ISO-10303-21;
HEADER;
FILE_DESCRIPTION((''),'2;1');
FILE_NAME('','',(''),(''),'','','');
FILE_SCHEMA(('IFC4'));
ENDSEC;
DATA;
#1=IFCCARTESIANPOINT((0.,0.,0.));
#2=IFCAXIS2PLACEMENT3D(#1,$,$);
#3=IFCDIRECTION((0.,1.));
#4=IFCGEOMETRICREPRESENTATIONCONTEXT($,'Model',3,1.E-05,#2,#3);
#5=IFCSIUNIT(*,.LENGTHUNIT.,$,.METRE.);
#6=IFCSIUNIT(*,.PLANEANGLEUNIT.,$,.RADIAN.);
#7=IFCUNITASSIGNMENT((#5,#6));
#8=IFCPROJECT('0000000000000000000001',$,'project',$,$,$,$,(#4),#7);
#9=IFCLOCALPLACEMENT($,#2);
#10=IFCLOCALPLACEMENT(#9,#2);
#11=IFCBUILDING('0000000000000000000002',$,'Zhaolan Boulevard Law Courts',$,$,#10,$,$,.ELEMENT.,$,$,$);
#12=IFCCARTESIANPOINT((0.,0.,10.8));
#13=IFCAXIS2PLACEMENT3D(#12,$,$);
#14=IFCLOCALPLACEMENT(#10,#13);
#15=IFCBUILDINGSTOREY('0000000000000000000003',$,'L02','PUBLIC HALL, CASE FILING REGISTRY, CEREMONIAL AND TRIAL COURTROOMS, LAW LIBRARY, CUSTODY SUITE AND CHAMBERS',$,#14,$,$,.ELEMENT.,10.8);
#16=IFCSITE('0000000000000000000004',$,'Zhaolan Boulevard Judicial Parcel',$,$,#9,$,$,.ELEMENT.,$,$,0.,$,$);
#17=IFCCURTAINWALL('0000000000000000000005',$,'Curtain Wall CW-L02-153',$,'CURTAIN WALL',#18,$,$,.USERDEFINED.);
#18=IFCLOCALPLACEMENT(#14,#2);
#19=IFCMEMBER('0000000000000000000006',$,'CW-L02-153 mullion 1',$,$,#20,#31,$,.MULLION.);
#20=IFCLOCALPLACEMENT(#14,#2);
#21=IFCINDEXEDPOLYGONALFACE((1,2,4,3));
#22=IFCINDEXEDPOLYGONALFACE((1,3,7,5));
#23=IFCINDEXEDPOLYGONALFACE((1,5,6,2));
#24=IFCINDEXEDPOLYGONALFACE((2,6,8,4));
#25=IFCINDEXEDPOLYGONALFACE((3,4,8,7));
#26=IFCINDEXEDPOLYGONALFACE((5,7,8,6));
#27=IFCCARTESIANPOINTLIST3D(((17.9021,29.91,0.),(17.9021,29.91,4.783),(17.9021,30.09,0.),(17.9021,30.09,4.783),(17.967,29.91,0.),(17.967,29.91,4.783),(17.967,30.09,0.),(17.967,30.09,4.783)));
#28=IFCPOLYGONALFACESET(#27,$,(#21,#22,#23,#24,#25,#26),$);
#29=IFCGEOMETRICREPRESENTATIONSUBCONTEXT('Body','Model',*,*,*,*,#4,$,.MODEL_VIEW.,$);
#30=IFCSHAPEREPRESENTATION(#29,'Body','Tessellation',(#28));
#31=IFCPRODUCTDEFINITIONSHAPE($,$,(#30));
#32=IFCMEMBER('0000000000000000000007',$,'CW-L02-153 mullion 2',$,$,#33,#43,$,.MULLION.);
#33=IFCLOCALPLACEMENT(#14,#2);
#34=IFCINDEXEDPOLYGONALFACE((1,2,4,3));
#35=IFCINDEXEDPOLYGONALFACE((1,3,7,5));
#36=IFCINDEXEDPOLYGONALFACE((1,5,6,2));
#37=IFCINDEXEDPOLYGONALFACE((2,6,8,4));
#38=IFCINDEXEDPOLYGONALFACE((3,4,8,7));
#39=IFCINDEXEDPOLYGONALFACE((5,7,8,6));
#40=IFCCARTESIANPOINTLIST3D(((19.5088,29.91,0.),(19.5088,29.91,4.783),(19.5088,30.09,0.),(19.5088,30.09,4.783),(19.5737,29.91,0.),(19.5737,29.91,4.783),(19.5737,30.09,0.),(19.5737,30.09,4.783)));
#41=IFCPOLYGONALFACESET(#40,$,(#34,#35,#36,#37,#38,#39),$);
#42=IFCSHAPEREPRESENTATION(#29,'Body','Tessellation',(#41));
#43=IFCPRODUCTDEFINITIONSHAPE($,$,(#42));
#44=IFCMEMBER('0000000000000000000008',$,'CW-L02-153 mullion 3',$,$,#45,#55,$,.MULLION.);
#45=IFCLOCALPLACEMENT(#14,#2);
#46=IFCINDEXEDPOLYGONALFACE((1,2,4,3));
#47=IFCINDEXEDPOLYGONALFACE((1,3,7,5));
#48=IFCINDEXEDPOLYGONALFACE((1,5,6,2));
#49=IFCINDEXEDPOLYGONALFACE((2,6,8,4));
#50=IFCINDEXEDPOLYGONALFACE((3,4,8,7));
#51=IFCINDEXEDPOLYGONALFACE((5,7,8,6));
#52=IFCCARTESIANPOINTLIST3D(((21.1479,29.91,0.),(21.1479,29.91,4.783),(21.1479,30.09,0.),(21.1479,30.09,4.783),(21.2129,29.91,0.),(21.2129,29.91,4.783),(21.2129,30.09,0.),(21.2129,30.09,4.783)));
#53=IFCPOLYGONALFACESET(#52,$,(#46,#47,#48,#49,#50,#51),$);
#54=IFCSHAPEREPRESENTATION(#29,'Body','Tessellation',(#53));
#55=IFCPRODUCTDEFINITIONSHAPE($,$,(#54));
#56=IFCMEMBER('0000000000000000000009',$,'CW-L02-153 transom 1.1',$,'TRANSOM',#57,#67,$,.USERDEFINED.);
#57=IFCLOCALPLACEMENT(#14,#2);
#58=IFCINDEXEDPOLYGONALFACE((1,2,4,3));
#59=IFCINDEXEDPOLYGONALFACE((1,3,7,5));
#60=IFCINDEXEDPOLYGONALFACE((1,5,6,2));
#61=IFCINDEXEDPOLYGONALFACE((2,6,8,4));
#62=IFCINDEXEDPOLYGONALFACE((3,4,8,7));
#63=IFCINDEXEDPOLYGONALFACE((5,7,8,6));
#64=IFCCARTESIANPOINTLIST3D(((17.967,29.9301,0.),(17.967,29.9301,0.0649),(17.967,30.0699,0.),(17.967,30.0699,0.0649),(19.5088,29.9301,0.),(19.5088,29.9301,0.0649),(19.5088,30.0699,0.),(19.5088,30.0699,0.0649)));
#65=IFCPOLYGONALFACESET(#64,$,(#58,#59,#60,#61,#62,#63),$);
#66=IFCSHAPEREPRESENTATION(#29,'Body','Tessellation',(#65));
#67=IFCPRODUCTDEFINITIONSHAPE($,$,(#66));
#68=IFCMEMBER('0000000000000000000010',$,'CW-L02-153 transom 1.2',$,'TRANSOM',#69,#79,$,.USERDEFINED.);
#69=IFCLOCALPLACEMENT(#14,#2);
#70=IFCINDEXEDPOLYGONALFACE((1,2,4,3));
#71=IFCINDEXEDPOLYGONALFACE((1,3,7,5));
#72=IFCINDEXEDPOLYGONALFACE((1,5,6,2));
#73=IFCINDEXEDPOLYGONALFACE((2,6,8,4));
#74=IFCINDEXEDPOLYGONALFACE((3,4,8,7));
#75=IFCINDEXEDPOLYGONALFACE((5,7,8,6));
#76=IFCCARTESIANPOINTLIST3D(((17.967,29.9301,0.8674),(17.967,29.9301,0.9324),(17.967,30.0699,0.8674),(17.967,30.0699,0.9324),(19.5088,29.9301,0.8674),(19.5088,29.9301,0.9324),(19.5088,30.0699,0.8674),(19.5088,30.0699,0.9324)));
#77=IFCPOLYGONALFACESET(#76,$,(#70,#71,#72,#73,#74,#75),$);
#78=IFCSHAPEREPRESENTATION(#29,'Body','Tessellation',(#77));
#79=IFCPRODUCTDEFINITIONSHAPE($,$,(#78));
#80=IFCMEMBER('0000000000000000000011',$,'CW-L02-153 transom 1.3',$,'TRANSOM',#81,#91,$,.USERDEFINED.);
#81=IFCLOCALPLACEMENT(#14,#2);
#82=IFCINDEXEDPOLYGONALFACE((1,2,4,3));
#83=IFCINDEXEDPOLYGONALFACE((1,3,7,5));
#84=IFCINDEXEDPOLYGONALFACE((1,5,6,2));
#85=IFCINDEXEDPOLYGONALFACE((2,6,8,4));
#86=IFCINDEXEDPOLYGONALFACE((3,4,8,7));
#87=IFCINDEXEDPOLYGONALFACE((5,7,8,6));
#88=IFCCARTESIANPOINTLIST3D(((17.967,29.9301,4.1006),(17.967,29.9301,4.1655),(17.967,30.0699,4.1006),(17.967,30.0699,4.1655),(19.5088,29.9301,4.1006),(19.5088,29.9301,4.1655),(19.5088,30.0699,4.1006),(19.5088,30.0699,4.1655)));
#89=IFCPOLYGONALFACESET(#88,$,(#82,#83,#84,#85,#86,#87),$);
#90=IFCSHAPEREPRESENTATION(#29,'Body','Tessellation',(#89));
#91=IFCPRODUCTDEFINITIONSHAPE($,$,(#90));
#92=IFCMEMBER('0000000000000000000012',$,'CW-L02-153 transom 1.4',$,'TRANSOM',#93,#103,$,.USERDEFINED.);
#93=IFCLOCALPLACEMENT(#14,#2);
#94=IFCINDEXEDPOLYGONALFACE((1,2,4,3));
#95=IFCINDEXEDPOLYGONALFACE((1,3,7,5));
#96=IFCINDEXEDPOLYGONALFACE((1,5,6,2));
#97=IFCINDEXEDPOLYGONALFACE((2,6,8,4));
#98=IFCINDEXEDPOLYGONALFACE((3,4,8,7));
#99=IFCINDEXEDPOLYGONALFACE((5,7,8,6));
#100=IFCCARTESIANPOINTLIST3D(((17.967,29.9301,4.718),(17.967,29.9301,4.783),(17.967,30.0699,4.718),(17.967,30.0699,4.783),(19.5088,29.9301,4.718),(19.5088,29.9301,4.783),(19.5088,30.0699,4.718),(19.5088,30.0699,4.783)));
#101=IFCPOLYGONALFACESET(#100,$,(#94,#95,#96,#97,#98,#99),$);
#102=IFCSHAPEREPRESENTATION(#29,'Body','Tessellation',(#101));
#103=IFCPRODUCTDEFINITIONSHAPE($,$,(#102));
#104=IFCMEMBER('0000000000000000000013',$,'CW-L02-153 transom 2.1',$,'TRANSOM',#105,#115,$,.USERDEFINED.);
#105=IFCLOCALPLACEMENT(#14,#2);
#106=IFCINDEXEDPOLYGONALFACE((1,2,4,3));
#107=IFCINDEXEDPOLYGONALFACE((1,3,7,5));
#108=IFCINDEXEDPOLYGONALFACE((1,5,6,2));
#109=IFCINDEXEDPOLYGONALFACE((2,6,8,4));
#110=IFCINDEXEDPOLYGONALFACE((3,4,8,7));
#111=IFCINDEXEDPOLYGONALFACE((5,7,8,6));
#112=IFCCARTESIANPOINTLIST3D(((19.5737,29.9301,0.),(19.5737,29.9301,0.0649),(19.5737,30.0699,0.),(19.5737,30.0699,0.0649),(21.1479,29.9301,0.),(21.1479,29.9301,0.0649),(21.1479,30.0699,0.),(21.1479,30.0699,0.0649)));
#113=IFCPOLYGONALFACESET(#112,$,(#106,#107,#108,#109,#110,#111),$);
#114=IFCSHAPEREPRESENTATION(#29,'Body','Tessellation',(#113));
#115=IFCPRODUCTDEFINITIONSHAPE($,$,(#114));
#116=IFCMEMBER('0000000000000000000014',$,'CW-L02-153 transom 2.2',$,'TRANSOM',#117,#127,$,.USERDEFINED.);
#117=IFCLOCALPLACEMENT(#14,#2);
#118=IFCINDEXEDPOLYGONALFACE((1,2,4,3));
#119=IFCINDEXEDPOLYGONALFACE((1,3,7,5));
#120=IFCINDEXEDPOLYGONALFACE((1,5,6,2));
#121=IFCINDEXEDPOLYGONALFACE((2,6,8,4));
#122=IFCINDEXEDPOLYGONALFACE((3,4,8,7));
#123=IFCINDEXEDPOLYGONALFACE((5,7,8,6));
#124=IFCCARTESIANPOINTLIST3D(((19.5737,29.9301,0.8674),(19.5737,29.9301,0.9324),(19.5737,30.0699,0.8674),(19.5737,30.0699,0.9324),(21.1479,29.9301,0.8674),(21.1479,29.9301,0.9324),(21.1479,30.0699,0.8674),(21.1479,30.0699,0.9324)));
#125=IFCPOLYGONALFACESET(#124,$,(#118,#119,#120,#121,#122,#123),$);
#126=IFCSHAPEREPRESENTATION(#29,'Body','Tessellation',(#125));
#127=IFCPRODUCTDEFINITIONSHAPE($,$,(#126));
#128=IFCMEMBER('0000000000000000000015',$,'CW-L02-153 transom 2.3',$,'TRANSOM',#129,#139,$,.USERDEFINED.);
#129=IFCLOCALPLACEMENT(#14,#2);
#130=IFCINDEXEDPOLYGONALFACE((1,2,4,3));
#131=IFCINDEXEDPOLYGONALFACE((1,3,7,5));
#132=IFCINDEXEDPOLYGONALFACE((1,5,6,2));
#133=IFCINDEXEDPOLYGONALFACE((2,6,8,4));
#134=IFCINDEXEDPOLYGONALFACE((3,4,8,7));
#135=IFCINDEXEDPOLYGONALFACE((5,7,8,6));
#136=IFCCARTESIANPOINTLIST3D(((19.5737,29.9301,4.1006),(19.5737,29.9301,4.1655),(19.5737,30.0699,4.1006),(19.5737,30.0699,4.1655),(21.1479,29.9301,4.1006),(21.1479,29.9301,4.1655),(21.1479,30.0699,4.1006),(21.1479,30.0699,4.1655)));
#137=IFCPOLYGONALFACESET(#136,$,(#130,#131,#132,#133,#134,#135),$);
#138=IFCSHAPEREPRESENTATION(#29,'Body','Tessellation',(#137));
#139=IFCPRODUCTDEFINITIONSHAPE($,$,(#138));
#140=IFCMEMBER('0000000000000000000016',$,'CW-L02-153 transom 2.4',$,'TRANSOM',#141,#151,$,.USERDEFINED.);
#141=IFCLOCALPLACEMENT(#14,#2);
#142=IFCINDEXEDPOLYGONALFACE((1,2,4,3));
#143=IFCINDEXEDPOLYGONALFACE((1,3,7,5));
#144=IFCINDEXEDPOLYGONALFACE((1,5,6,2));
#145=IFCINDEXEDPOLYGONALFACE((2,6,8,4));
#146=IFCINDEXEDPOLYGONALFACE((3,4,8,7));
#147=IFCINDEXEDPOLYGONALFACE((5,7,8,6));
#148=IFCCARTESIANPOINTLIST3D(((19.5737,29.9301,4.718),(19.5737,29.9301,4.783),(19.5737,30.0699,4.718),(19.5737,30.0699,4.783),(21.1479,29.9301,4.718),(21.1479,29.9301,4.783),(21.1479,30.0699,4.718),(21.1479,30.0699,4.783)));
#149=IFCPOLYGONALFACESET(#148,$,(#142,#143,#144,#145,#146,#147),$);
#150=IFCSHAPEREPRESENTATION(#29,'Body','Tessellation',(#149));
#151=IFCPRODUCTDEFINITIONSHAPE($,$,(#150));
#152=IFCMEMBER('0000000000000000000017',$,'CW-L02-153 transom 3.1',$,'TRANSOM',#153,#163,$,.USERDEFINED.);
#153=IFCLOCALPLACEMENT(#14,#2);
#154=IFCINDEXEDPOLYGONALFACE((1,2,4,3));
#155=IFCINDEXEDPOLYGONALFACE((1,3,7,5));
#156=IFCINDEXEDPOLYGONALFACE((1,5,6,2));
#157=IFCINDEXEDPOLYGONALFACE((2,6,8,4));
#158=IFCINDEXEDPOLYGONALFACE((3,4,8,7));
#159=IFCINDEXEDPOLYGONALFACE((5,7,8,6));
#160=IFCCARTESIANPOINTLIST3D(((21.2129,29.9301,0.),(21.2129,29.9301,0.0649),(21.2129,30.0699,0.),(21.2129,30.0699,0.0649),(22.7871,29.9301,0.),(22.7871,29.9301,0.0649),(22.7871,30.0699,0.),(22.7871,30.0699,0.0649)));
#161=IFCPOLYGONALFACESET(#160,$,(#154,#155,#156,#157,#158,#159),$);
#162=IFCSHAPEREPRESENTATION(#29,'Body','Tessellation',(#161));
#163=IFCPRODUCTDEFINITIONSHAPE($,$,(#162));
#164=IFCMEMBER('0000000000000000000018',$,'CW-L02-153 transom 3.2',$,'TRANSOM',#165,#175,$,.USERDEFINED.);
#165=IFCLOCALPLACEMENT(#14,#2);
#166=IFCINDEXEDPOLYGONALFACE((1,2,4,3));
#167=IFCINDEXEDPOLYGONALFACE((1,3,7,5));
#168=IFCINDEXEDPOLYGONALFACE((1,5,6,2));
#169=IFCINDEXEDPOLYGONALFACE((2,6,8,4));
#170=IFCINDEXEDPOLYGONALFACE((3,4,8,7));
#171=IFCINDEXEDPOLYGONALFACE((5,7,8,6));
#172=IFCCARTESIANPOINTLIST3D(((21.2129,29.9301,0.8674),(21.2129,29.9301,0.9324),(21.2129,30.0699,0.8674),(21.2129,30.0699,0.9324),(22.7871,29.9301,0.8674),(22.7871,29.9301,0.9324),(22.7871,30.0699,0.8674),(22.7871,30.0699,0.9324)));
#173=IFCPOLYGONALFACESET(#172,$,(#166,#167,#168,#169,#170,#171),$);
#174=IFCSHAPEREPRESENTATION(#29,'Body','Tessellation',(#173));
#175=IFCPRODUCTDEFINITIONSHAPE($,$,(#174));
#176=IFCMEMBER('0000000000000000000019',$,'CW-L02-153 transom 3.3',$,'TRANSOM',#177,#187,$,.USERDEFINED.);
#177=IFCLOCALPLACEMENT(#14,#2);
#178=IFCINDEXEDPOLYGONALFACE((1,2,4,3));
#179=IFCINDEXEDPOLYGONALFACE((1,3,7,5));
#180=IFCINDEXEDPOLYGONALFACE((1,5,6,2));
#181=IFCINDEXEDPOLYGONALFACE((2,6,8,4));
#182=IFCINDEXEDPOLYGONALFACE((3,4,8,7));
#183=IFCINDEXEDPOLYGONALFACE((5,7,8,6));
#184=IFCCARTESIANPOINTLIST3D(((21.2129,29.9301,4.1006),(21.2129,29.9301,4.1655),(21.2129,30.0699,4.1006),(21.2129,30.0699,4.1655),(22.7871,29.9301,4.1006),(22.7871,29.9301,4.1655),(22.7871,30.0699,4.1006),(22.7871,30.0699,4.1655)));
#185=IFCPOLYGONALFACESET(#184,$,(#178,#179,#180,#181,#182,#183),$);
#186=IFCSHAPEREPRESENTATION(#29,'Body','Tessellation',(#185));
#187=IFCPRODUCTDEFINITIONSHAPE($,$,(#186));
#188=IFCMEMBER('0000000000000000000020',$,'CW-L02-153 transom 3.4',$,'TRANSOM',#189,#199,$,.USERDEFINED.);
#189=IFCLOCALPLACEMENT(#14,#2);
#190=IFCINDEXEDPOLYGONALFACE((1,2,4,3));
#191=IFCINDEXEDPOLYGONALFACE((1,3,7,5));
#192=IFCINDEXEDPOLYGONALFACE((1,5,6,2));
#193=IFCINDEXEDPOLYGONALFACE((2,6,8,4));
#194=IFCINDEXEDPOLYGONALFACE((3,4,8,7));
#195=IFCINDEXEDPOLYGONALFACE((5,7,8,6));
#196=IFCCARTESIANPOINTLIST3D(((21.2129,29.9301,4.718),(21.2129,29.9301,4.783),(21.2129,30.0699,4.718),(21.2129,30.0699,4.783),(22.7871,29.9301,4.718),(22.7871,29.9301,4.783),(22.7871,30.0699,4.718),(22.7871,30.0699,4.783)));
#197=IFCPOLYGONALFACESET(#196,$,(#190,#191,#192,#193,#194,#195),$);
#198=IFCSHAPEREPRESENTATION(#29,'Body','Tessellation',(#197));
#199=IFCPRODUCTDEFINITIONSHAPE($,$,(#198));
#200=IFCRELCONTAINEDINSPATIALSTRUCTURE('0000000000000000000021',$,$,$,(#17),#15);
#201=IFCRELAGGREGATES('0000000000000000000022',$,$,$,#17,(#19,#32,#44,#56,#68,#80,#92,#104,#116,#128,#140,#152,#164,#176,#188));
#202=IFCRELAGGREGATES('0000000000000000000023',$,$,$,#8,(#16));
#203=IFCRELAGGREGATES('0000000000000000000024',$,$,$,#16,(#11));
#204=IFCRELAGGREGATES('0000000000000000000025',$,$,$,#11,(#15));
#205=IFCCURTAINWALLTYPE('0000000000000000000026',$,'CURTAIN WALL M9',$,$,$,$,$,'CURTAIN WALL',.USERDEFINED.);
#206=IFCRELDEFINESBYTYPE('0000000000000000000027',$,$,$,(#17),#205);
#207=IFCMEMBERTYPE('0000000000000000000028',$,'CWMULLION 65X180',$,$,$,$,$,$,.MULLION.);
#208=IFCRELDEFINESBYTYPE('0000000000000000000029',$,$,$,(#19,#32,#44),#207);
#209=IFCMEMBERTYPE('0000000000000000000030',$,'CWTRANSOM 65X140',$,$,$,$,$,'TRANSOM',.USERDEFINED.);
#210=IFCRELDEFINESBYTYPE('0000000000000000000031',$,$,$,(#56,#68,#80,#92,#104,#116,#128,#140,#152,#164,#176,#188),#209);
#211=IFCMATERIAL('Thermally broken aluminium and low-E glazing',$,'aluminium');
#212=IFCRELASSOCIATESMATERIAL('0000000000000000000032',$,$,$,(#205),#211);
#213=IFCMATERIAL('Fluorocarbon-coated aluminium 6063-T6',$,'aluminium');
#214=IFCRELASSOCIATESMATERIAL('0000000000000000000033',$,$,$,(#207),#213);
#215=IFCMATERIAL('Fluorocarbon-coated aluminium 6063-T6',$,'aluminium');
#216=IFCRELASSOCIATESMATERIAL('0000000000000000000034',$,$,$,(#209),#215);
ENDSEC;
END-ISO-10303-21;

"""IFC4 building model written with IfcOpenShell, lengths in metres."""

from ifc_helpers import new_model, si_unit, direction, frame, origin, origin_2d, place, context, subcontext, project, spatial, rectangle, extrude, material, material_profile, profile_set, type_object, element, aggregate, save


model = new_model("IFC4")

# Units and contexts
model_context = context("Model", 3, precision=1e-05, world=origin(), true_north=direction((0.0, 1.0)))
body_context = subcontext(model_context, "Body", "Model", "MODEL_VIEW")
ifc_project = project(units=[si_unit("LENGTHUNIT", "METRE"), si_unit("PLANEANGLEUNIT", "RADIAN")], contexts=[model_context])

# Site, building, storey
site_placement = place(None, origin())
site = spatial("IfcSite", under=ifc_project, at=site_placement, Name="Zhaolan Boulevard Judicial Parcel", CompositionType="ELEMENT", RefElevation=0.0)
building_placement = place(site_placement, origin())
building = spatial("IfcBuilding", under=site, at=building_placement, Name="Zhaolan Boulevard Law Courts", CompositionType="ELEMENT")
storey_placement = place(building_placement, frame((0.0, 0.0, 10.8)))
storey = spatial("IfcBuildingStorey", under=building, at=storey_placement, Name="L02", Description="PUBLIC HALL, CASE FILING REGISTRY, CEREMONIAL AND TRIAL COURTROOMS, LAW LIBRARY, CUSTODY SUITE AND CHAMBERS", CompositionType="ELEMENT", Elevation=10.8)

# Curtain wall, members
ifc_material_1 = material(Name="Thermally broken aluminium and low-E glazing", Category="aluminium")
curtain_wall_type = type_object("IfcCurtainWallType", Name="CURTAIN WALL M9", ElementType="CURTAIN WALL", PredefinedType="USERDEFINED", material=ifc_material_1)
curtain_wall_placement = place(storey_placement, origin())
curtain_wall = element("IfcCurtainWall", 1, at=curtain_wall_placement, inside=storey, type_object=curtain_wall_type, Name="Curtain Wall CW-L02-153", ObjectType="CURTAIN WALL", PredefinedType="USERDEFINED")
ifc_material_2 = material(Name="Fluorocarbon-coated aluminium 6063-T6", Category="aluminium")
ifc_material_profile_1 = material_profile(ifc_material_2, rectangle(XDim=0.1799, YDim=0.0649, at=origin_2d()), Name="AL65x180")
ifc_profile_set_1 = profile_set([ifc_material_profile_1], Name="Fluorocarbon-coated aluminium 6063-T6")
member_type_1 = type_object("IfcMemberType", Name="CWMULLION 65X180", PredefinedType="MULLION", material=ifc_profile_set_1)
member_1_placement = place(storey_placement, frame((17.9346, 30.0, 0.0), z_axis=(0.0, 0.0, 1.0), x_axis=(0.0, 1.0, 0.0)))
member_1 = element("IfcMember", 2, at=member_1_placement, type_object=member_type_1, Name="CW-L02-153 mullion 1", PredefinedType="MULLION", context=body_context, shape_type="SweptSolid", body=[
    extrude(rectangle(XDim=0.1799, YDim=0.0649, at=origin_2d()), origin(), (0.0, 0.0, 1.0), 4.783),
])
member_2_placement = place(storey_placement, frame((19.5413, 30.0, 0.0), z_axis=(0.0, 0.0, 1.0), x_axis=(0.0, 1.0, 0.0)))
member_2 = element("IfcMember", 3, at=member_2_placement, type_object=member_type_1, Name="CW-L02-153 mullion 2", PredefinedType="MULLION", context=body_context, shape_type="SweptSolid", body=[
    extrude(rectangle(XDim=0.1799, YDim=0.0649, at=origin_2d()), origin(), (0.0, 0.0, 1.0), 4.783),
])
member_3_placement = place(storey_placement, frame((21.1804, 30.0, 0.0), z_axis=(0.0, 0.0, 1.0), x_axis=(0.0, 1.0, 0.0)))
member_3 = element("IfcMember", 4, at=member_3_placement, type_object=member_type_1, Name="CW-L02-153 mullion 3", PredefinedType="MULLION", context=body_context, shape_type="SweptSolid", body=[
    extrude(rectangle(XDim=0.1799, YDim=0.0649, at=origin_2d()), origin(), (0.0, 0.0, 1.0), 4.783),
])
ifc_material_3 = material(Name="Fluorocarbon-coated aluminium 6063-T6", Category="aluminium")
ifc_material_profile_2 = material_profile(ifc_material_3, rectangle(XDim=0.1399, YDim=0.0649, at=origin_2d()), Name="AL65x140")
ifc_profile_set_2 = profile_set([ifc_material_profile_2], Name="Fluorocarbon-coated aluminium 6063-T6")
member_type_2 = type_object("IfcMemberType", Name="CWTRANSOM 65X140", ElementType="TRANSOM", PredefinedType="USERDEFINED", material=ifc_profile_set_2)
member_4_placement = place(storey_placement, frame((17.967, 30.0, 0.0325), z_axis=(1.0, 0.0, 0.0), x_axis=(0.0, 1.0, 0.0)))
member_4 = element("IfcMember", 5, at=member_4_placement, type_object=member_type_2, Name="CW-L02-153 transom 1.1", ObjectType="TRANSOM", PredefinedType="USERDEFINED", context=body_context, shape_type="SweptSolid", body=[
    extrude(rectangle(XDim=0.1399, YDim=0.0649, at=origin_2d()), origin(), (0.0, 0.0, 1.0), 1.5417),
])
member_5_placement = place(storey_placement, frame((17.967, 30.0, 0.8999), z_axis=(1.0, 0.0, 0.0), x_axis=(0.0, 1.0, 0.0)))
member_5 = element("IfcMember", 6, at=member_5_placement, type_object=member_type_2, Name="CW-L02-153 transom 1.2", ObjectType="TRANSOM", PredefinedType="USERDEFINED", context=body_context, shape_type="SweptSolid", body=[
    extrude(rectangle(XDim=0.1399, YDim=0.0649, at=origin_2d()), origin(), (0.0, 0.0, 1.0), 1.5417),
])
member_6_placement = place(storey_placement, frame((17.967, 30.0, 4.1331), z_axis=(1.0, 0.0, 0.0), x_axis=(0.0, 1.0, 0.0)))
member_6 = element("IfcMember", 7, at=member_6_placement, type_object=member_type_2, Name="CW-L02-153 transom 1.3", ObjectType="TRANSOM", PredefinedType="USERDEFINED", context=body_context, shape_type="SweptSolid", body=[
    extrude(rectangle(XDim=0.1399, YDim=0.0649, at=origin_2d()), origin(), (0.0, 0.0, 1.0), 1.5417),
])
member_7_placement = place(storey_placement, frame((17.967, 30.0, 4.7505), z_axis=(1.0, 0.0, 0.0), x_axis=(0.0, 1.0, 0.0)))
member_7 = element("IfcMember", 8, at=member_7_placement, type_object=member_type_2, Name="CW-L02-153 transom 1.4", ObjectType="TRANSOM", PredefinedType="USERDEFINED", context=body_context, shape_type="SweptSolid", body=[
    extrude(rectangle(XDim=0.1399, YDim=0.0649, at=origin_2d()), origin(), (0.0, 0.0, 1.0), 1.5417),
])
member_8_placement = place(storey_placement, frame((19.5737, 30.0, 0.0325), z_axis=(1.0, 0.0, 0.0), x_axis=(0.0, 1.0, 0.0)))
member_8 = element("IfcMember", 9, at=member_8_placement, type_object=member_type_2, Name="CW-L02-153 transom 2.1", ObjectType="TRANSOM", PredefinedType="USERDEFINED", context=body_context, shape_type="SweptSolid", body=[
    extrude(rectangle(XDim=0.1399, YDim=0.0649, at=origin_2d()), origin(), (0.0, 0.0, 1.0), 1.5742),
])
member_9_placement = place(storey_placement, frame((19.5737, 30.0, 0.8999), z_axis=(1.0, 0.0, 0.0), x_axis=(0.0, 1.0, 0.0)))
member_9 = element("IfcMember", 10, at=member_9_placement, type_object=member_type_2, Name="CW-L02-153 transom 2.2", ObjectType="TRANSOM", PredefinedType="USERDEFINED", context=body_context, shape_type="SweptSolid", body=[
    extrude(rectangle(XDim=0.1399, YDim=0.0649, at=origin_2d()), origin(), (0.0, 0.0, 1.0), 1.5742),
])
member_10_placement = place(storey_placement, frame((19.5737, 30.0, 4.1331), z_axis=(1.0, 0.0, 0.0), x_axis=(0.0, 1.0, 0.0)))
member_10 = element("IfcMember", 11, at=member_10_placement, type_object=member_type_2, Name="CW-L02-153 transom 2.3", ObjectType="TRANSOM", PredefinedType="USERDEFINED", context=body_context, shape_type="SweptSolid", body=[
    extrude(rectangle(XDim=0.1399, YDim=0.0649, at=origin_2d()), origin(), (0.0, 0.0, 1.0), 1.5742),
])
member_11_placement = place(storey_placement, frame((19.5737, 30.0, 4.7505), z_axis=(1.0, 0.0, 0.0), x_axis=(0.0, 1.0, 0.0)))
member_11 = element("IfcMember", 12, at=member_11_placement, type_object=member_type_2, Name="CW-L02-153 transom 2.4", ObjectType="TRANSOM", PredefinedType="USERDEFINED", context=body_context, shape_type="SweptSolid", body=[
    extrude(rectangle(XDim=0.1399, YDim=0.0649, at=origin_2d()), origin(), (0.0, 0.0, 1.0), 1.5742),
])
member_12_placement = place(storey_placement, frame((21.2129, 30.0, 0.0325), z_axis=(1.0, 0.0, 0.0), x_axis=(0.0, 1.0, 0.0)))
member_12 = element("IfcMember", 13, at=member_12_placement, type_object=member_type_2, Name="CW-L02-153 transom 3.1", ObjectType="TRANSOM", PredefinedType="USERDEFINED", context=body_context, shape_type="SweptSolid", body=[
    extrude(rectangle(XDim=0.1399, YDim=0.0649, at=origin_2d()), origin(), (0.0, 0.0, 1.0), 1.5742),
])
member_13_placement = place(storey_placement, frame((21.2129, 30.0, 0.8999), z_axis=(1.0, 0.0, 0.0), x_axis=(0.0, 1.0, 0.0)))
member_13 = element("IfcMember", 14, at=member_13_placement, type_object=member_type_2, Name="CW-L02-153 transom 3.2", ObjectType="TRANSOM", PredefinedType="USERDEFINED", context=body_context, shape_type="SweptSolid", body=[
    extrude(rectangle(XDim=0.1399, YDim=0.0649, at=origin_2d()), origin(), (0.0, 0.0, 1.0), 1.5742),
])
member_14_placement = place(storey_placement, frame((21.2129, 30.0, 4.1331), z_axis=(1.0, 0.0, 0.0), x_axis=(0.0, 1.0, 0.0)))
member_14 = element("IfcMember", 15, at=member_14_placement, type_object=member_type_2, Name="CW-L02-153 transom 3.3", ObjectType="TRANSOM", PredefinedType="USERDEFINED", context=body_context, shape_type="SweptSolid", body=[
    extrude(rectangle(XDim=0.1399, YDim=0.0649, at=origin_2d()), origin(), (0.0, 0.0, 1.0), 1.5742),
])
member_15_placement = place(storey_placement, frame((21.2129, 30.0, 4.7505), z_axis=(1.0, 0.0, 0.0), x_axis=(0.0, 1.0, 0.0)))
member_15 = element("IfcMember", 16, at=member_15_placement, type_object=member_type_2, Name="CW-L02-153 transom 3.4", ObjectType="TRANSOM", PredefinedType="USERDEFINED", context=body_context, shape_type="SweptSolid", body=[
    extrude(rectangle(XDim=0.1399, YDim=0.0649, at=origin_2d()), origin(), (0.0, 0.0, 1.0), 1.5742),
])

aggregate(curtain_wall, [member_1, member_2, member_3, member_4, member_5, member_6, member_7, member_8, member_9, member_10, member_11, member_12, member_13, member_14, member_15])

save(model, "model.ifc")
